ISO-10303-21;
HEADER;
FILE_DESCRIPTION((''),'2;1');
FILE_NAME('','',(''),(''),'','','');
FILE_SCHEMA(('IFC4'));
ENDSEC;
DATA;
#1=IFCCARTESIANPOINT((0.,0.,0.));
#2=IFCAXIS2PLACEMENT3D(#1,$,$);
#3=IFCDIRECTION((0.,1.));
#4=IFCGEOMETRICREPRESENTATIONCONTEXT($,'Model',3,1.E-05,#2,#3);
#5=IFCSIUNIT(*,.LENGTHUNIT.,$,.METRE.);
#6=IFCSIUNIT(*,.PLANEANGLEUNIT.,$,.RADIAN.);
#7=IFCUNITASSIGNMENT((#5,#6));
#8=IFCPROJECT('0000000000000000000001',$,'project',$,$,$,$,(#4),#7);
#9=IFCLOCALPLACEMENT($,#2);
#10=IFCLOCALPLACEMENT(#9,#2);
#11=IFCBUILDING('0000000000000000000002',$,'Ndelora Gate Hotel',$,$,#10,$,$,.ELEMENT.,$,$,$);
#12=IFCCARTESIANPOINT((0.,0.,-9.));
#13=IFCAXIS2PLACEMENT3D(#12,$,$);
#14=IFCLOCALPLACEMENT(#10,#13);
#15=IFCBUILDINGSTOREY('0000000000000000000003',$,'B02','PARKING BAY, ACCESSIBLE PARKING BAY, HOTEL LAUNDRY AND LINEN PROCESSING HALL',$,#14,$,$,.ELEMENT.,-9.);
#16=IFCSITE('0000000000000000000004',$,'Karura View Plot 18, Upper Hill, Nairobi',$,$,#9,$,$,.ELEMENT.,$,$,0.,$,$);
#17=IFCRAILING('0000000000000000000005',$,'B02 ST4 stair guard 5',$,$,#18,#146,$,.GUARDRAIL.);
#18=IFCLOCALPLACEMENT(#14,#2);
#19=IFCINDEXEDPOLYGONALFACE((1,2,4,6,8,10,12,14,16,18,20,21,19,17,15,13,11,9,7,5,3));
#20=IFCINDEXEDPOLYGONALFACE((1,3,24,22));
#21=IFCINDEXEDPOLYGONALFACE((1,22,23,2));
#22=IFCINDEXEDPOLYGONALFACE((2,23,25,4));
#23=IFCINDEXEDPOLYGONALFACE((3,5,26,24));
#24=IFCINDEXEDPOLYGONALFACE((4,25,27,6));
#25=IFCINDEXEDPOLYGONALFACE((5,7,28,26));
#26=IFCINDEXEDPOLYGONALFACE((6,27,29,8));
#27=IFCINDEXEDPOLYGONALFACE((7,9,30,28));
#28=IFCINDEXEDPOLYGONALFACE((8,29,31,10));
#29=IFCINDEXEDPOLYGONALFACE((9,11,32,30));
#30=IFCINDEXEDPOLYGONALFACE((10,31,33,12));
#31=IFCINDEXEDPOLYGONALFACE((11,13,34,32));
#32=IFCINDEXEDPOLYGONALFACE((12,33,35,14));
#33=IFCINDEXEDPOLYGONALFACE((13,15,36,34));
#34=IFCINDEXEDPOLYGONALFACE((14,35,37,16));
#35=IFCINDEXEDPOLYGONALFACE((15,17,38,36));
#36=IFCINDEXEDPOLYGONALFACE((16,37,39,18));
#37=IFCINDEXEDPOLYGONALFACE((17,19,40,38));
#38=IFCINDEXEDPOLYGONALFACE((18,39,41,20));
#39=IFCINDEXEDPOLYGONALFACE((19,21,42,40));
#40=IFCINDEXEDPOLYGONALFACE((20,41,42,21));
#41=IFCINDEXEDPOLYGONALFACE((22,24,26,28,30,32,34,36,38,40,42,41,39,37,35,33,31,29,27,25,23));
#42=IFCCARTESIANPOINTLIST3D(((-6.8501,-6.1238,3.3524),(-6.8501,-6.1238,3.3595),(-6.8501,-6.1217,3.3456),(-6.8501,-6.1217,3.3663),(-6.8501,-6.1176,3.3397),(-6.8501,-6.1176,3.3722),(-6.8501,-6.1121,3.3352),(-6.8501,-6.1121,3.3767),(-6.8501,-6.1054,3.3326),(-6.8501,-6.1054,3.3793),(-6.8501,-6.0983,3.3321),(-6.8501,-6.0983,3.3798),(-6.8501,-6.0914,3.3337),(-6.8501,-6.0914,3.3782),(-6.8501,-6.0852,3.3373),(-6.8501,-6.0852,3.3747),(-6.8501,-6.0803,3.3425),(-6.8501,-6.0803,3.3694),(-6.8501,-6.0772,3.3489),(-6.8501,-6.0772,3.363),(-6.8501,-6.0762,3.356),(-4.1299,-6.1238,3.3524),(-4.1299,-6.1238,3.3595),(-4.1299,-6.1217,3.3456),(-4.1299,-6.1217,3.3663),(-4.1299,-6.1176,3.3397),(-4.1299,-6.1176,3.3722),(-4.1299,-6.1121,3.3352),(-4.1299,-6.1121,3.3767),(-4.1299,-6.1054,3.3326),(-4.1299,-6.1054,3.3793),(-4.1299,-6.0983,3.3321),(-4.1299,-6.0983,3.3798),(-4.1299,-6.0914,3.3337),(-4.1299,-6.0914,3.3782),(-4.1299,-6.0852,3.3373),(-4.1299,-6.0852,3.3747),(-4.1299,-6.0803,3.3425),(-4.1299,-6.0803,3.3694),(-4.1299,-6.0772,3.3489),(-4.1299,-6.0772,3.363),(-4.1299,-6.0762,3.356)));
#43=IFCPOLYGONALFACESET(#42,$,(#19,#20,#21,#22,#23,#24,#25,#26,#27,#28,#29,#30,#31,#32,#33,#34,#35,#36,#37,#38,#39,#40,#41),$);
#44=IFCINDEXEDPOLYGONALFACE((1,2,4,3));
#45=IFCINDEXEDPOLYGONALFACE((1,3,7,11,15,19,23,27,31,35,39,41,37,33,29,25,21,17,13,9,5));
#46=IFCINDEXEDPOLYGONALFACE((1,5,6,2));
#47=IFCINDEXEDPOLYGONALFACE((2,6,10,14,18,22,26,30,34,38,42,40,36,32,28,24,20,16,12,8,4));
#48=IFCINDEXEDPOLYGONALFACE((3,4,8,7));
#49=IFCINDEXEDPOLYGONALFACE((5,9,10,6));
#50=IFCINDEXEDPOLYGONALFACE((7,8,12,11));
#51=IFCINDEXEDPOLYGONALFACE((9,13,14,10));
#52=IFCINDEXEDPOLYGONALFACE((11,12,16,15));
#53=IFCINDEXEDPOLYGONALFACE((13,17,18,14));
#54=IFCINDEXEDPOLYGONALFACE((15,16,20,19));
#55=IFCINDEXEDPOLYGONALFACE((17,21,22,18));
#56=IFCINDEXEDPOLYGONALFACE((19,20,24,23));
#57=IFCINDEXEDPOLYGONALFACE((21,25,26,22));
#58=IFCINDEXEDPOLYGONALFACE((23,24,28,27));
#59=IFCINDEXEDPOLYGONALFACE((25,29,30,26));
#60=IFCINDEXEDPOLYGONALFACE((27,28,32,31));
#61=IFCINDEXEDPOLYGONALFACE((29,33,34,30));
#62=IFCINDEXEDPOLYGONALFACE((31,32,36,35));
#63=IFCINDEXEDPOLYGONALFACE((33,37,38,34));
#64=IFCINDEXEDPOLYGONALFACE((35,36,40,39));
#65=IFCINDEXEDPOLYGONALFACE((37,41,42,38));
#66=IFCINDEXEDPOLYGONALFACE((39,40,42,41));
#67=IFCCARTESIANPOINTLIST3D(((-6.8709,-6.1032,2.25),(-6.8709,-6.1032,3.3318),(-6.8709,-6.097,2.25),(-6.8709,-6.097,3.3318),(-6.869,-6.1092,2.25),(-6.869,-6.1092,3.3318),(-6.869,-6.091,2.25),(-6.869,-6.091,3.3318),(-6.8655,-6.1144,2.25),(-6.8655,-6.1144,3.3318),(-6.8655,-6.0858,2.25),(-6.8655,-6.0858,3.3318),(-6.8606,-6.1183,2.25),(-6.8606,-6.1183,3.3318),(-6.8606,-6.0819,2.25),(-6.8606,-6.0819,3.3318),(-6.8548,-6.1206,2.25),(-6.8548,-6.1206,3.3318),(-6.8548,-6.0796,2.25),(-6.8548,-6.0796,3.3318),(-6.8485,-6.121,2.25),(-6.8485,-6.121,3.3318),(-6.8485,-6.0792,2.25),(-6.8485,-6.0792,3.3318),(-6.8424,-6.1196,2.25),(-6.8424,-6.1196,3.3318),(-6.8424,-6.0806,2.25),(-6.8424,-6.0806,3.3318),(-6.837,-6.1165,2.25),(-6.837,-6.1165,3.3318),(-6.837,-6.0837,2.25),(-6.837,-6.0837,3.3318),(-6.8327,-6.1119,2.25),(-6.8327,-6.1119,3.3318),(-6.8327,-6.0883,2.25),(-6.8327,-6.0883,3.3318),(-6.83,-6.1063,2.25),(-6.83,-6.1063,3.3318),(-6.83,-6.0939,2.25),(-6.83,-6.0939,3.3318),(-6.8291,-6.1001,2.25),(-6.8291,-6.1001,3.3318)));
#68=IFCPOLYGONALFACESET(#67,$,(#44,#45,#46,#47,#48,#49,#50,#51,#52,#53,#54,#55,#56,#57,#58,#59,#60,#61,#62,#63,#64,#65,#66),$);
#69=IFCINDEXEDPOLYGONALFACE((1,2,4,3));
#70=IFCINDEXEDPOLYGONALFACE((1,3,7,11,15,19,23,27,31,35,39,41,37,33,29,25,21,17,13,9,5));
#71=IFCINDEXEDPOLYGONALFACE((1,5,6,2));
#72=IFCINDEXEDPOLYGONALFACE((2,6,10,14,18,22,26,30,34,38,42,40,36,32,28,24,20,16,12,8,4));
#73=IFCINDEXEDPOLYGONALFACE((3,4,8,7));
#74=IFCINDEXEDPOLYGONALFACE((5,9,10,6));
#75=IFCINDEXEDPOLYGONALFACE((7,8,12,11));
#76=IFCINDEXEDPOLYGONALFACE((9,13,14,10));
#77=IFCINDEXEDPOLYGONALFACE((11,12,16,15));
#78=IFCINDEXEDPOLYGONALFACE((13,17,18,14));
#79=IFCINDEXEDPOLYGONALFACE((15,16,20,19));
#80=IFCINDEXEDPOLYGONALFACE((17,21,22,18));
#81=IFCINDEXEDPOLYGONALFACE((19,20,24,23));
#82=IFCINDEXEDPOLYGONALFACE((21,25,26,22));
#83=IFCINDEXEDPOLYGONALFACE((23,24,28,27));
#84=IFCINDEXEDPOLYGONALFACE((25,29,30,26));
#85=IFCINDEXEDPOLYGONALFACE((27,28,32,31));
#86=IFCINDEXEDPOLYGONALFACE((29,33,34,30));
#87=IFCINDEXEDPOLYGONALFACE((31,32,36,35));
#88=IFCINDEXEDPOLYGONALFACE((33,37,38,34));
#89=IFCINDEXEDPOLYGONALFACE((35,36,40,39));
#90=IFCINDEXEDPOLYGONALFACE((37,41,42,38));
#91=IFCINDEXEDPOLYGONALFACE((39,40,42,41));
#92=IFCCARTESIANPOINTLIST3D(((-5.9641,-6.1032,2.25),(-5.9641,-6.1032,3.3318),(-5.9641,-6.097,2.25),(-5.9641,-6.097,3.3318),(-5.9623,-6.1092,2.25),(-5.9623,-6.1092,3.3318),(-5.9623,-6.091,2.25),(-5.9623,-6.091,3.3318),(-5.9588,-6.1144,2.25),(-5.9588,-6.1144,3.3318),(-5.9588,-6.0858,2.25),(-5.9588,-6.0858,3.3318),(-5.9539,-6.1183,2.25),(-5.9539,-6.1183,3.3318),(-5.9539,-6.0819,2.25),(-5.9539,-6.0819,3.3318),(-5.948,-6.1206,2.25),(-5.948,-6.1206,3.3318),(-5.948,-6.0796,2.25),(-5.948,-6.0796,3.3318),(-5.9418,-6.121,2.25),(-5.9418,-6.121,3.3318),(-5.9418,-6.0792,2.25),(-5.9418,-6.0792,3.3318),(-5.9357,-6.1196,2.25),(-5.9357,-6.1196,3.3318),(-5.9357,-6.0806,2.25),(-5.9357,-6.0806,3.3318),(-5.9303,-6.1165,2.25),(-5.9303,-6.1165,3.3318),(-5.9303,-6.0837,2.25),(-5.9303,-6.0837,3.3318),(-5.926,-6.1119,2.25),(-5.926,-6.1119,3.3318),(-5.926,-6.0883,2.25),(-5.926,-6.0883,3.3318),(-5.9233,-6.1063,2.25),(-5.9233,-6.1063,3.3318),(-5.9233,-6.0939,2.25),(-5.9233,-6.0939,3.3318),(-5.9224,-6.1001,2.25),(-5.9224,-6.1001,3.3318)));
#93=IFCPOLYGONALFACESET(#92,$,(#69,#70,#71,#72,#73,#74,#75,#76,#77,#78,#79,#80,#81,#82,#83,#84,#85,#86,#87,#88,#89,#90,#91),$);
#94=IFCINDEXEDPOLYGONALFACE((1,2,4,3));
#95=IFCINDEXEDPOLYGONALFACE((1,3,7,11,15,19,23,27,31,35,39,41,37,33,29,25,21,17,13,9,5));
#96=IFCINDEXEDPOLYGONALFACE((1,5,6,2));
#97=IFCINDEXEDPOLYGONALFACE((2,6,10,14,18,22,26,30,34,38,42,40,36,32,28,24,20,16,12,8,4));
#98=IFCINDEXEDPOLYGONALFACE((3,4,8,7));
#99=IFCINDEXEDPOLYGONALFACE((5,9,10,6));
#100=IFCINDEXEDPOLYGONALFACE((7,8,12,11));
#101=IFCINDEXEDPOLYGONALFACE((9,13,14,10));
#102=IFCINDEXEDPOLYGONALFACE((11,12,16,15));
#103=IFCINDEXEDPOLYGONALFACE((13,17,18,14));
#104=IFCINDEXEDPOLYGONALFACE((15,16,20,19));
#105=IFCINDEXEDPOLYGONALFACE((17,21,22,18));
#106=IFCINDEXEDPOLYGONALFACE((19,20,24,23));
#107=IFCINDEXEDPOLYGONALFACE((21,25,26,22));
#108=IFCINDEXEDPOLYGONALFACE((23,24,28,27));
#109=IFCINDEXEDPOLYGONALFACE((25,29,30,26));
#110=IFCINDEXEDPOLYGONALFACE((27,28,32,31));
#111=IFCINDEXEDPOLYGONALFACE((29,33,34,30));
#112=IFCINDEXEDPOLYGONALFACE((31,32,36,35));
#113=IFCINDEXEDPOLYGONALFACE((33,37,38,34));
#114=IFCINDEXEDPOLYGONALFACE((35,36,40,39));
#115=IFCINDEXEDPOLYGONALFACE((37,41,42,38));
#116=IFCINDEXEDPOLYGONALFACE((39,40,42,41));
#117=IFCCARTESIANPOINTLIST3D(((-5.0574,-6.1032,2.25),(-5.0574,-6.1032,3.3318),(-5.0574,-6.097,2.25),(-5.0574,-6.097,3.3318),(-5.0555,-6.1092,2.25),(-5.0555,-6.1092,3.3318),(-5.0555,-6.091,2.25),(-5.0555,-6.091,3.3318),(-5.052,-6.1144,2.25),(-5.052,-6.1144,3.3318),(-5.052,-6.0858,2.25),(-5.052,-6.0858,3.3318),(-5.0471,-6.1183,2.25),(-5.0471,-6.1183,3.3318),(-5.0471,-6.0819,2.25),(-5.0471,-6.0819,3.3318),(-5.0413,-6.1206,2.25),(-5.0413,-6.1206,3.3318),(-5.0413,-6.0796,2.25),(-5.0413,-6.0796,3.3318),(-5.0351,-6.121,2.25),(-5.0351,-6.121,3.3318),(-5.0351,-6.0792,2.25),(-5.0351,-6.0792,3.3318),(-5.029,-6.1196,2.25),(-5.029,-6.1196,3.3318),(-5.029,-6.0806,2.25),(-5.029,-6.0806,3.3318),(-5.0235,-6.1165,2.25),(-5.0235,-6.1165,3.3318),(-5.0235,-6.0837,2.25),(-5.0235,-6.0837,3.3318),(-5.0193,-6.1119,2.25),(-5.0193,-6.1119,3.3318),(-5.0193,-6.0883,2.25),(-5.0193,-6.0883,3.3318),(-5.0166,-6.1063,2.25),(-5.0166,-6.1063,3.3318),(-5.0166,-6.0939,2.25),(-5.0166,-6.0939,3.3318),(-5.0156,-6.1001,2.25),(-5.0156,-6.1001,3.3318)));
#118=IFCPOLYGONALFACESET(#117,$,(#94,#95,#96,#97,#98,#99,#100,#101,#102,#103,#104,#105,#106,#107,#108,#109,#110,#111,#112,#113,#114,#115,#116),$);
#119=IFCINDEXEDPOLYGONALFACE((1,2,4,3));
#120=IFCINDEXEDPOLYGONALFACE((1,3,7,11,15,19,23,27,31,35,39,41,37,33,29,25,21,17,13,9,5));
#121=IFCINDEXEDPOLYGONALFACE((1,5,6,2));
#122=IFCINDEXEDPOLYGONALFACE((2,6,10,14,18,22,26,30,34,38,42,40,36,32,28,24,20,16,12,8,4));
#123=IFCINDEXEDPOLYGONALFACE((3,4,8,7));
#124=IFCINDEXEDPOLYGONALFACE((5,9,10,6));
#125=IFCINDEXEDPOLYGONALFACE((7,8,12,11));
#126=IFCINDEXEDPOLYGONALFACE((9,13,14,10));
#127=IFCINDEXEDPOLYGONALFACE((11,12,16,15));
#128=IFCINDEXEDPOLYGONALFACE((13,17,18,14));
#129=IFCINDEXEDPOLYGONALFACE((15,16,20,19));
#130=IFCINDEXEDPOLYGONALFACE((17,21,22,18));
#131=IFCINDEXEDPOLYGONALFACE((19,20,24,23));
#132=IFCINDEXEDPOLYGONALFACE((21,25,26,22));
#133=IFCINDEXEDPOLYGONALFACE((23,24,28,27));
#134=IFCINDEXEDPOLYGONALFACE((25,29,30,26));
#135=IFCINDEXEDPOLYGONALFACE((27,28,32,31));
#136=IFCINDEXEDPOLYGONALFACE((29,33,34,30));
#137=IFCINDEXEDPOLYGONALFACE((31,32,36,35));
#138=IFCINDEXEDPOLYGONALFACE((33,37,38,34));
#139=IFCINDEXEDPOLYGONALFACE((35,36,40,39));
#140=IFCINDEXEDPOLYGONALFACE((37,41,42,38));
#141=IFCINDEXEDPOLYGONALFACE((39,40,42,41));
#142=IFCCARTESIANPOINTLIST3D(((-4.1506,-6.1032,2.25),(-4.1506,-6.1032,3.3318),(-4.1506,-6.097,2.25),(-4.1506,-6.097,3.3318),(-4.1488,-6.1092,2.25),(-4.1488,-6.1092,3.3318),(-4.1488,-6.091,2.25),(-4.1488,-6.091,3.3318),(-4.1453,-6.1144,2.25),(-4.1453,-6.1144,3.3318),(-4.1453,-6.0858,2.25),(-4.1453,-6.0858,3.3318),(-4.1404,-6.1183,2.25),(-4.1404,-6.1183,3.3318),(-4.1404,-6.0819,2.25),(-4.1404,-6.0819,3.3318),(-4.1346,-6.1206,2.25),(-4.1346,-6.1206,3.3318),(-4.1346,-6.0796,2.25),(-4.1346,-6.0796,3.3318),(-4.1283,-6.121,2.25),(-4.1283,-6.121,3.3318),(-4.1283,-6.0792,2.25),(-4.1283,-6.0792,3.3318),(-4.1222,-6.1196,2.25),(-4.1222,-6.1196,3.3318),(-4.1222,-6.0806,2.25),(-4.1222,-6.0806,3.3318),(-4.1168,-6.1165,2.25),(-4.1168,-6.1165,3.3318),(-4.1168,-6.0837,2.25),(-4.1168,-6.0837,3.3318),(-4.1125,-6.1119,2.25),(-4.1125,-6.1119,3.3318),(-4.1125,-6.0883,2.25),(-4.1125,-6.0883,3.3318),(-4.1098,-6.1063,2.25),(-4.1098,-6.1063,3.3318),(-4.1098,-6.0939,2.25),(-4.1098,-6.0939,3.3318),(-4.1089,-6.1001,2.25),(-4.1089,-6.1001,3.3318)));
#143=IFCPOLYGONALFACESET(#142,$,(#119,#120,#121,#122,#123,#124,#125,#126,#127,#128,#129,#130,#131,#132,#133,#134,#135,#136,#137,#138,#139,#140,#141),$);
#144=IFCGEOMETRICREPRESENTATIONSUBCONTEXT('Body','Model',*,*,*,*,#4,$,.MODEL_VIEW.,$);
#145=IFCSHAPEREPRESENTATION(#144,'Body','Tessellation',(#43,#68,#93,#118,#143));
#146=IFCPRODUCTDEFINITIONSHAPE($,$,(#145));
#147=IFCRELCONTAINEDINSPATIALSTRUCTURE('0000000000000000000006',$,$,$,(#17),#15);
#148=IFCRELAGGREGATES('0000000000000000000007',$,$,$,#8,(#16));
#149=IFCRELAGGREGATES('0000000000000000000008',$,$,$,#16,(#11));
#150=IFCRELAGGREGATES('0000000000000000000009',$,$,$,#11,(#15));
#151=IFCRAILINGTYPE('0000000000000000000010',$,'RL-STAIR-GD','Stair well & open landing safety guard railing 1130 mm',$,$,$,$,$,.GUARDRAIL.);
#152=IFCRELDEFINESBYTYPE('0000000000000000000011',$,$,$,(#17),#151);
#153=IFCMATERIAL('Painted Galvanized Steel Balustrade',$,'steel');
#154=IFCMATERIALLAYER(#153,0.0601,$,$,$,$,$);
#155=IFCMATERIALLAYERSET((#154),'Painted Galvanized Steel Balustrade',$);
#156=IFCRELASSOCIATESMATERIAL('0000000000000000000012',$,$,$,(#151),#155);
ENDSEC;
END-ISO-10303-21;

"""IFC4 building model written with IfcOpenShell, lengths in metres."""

from ifc_helpers import new_model, si_unit, direction, frame, origin, origin_2d, place, context, subcontext, project, spatial, circle, extrude, material, layer, layer_set, type_object, element, save


model = new_model("IFC4")

# Units and contexts
model_context = context("Model", 3, precision=1e-05, world=origin(), true_north=direction((0.0, 1.0)))
body_context = subcontext(model_context, "Body", "Model", "MODEL_VIEW")
ifc_project = project(units=[si_unit("LENGTHUNIT", "METRE"), si_unit("PLANEANGLEUNIT", "RADIAN")], contexts=[model_context])

# Site, building, storey
site_placement = place(None, origin())
site = spatial("IfcSite", under=ifc_project, at=site_placement, Name="Karura View Plot 18, Upper Hill, Nairobi", CompositionType="ELEMENT", RefElevation=0.0)
building_placement = place(site_placement, origin())
building = spatial("IfcBuilding", under=site, at=building_placement, Name="Ndelora Gate Hotel", CompositionType="ELEMENT")
storey_placement = place(building_placement, frame((0.0, 0.0, -9.0)))
storey = spatial("IfcBuildingStorey", under=building, at=storey_placement, Name="B02", Description="PARKING BAY, ACCESSIBLE PARKING BAY, HOTEL LAUNDRY AND LINEN PROCESSING HALL", CompositionType="ELEMENT", Elevation=-9.0)

# Railing
ifc_material_1 = material(Name="Painted Galvanized Steel Balustrade", Category="steel")
ifc_layer_1 = layer(ifc_material_1, 0.0601)
ifc_layer_set_1 = layer_set([ifc_layer_1], Name="Painted Galvanized Steel Balustrade")
railing_type_1 = type_object("IfcRailingType", Name="RL-STAIR-GD", Description="Stair well & open landing safety guard railing 1130 mm", PredefinedType="GUARDRAIL", material=ifc_layer_set_1)
railing_1_placement = place(storey_placement, frame((-6.8501, -6.1001, 2.25)))
element("IfcRailing", 1, at=railing_1_placement, inside=storey, type_object=railing_type_1, Name="B02 ST4 stair guard 5", PredefinedType="GUARDRAIL", context=body_context, shape_type="SweptSolid", body=[
    extrude(circle(Radius=0.0239, at=origin_2d()), frame((0.0, 0.0, 1.106), z_axis=(1.0, 0.0, 0.0), x_axis=(0.0, 1.0, 0.0)), (0.0, 0.0, 1.0), 2.7202),
    extrude(circle(Radius=0.021, at=origin_2d()), origin(), (0.0, 0.0, 1.0), 1.0818),
    extrude(circle(Radius=0.021, at=origin_2d()), frame((0.9067, 0.0, 0.0)), (0.0, 0.0, 1.0), 1.0818),
    extrude(circle(Radius=0.021, at=origin_2d()), frame((1.8135, 0.0, 0.0)), (0.0, 0.0, 1.0), 1.0818),
    extrude(circle(Radius=0.021, at=origin_2d()), frame((2.7202, 0.0, 0.0)), (0.0, 0.0, 1.0), 1.0818),
])

save(model, "model.ifc")
